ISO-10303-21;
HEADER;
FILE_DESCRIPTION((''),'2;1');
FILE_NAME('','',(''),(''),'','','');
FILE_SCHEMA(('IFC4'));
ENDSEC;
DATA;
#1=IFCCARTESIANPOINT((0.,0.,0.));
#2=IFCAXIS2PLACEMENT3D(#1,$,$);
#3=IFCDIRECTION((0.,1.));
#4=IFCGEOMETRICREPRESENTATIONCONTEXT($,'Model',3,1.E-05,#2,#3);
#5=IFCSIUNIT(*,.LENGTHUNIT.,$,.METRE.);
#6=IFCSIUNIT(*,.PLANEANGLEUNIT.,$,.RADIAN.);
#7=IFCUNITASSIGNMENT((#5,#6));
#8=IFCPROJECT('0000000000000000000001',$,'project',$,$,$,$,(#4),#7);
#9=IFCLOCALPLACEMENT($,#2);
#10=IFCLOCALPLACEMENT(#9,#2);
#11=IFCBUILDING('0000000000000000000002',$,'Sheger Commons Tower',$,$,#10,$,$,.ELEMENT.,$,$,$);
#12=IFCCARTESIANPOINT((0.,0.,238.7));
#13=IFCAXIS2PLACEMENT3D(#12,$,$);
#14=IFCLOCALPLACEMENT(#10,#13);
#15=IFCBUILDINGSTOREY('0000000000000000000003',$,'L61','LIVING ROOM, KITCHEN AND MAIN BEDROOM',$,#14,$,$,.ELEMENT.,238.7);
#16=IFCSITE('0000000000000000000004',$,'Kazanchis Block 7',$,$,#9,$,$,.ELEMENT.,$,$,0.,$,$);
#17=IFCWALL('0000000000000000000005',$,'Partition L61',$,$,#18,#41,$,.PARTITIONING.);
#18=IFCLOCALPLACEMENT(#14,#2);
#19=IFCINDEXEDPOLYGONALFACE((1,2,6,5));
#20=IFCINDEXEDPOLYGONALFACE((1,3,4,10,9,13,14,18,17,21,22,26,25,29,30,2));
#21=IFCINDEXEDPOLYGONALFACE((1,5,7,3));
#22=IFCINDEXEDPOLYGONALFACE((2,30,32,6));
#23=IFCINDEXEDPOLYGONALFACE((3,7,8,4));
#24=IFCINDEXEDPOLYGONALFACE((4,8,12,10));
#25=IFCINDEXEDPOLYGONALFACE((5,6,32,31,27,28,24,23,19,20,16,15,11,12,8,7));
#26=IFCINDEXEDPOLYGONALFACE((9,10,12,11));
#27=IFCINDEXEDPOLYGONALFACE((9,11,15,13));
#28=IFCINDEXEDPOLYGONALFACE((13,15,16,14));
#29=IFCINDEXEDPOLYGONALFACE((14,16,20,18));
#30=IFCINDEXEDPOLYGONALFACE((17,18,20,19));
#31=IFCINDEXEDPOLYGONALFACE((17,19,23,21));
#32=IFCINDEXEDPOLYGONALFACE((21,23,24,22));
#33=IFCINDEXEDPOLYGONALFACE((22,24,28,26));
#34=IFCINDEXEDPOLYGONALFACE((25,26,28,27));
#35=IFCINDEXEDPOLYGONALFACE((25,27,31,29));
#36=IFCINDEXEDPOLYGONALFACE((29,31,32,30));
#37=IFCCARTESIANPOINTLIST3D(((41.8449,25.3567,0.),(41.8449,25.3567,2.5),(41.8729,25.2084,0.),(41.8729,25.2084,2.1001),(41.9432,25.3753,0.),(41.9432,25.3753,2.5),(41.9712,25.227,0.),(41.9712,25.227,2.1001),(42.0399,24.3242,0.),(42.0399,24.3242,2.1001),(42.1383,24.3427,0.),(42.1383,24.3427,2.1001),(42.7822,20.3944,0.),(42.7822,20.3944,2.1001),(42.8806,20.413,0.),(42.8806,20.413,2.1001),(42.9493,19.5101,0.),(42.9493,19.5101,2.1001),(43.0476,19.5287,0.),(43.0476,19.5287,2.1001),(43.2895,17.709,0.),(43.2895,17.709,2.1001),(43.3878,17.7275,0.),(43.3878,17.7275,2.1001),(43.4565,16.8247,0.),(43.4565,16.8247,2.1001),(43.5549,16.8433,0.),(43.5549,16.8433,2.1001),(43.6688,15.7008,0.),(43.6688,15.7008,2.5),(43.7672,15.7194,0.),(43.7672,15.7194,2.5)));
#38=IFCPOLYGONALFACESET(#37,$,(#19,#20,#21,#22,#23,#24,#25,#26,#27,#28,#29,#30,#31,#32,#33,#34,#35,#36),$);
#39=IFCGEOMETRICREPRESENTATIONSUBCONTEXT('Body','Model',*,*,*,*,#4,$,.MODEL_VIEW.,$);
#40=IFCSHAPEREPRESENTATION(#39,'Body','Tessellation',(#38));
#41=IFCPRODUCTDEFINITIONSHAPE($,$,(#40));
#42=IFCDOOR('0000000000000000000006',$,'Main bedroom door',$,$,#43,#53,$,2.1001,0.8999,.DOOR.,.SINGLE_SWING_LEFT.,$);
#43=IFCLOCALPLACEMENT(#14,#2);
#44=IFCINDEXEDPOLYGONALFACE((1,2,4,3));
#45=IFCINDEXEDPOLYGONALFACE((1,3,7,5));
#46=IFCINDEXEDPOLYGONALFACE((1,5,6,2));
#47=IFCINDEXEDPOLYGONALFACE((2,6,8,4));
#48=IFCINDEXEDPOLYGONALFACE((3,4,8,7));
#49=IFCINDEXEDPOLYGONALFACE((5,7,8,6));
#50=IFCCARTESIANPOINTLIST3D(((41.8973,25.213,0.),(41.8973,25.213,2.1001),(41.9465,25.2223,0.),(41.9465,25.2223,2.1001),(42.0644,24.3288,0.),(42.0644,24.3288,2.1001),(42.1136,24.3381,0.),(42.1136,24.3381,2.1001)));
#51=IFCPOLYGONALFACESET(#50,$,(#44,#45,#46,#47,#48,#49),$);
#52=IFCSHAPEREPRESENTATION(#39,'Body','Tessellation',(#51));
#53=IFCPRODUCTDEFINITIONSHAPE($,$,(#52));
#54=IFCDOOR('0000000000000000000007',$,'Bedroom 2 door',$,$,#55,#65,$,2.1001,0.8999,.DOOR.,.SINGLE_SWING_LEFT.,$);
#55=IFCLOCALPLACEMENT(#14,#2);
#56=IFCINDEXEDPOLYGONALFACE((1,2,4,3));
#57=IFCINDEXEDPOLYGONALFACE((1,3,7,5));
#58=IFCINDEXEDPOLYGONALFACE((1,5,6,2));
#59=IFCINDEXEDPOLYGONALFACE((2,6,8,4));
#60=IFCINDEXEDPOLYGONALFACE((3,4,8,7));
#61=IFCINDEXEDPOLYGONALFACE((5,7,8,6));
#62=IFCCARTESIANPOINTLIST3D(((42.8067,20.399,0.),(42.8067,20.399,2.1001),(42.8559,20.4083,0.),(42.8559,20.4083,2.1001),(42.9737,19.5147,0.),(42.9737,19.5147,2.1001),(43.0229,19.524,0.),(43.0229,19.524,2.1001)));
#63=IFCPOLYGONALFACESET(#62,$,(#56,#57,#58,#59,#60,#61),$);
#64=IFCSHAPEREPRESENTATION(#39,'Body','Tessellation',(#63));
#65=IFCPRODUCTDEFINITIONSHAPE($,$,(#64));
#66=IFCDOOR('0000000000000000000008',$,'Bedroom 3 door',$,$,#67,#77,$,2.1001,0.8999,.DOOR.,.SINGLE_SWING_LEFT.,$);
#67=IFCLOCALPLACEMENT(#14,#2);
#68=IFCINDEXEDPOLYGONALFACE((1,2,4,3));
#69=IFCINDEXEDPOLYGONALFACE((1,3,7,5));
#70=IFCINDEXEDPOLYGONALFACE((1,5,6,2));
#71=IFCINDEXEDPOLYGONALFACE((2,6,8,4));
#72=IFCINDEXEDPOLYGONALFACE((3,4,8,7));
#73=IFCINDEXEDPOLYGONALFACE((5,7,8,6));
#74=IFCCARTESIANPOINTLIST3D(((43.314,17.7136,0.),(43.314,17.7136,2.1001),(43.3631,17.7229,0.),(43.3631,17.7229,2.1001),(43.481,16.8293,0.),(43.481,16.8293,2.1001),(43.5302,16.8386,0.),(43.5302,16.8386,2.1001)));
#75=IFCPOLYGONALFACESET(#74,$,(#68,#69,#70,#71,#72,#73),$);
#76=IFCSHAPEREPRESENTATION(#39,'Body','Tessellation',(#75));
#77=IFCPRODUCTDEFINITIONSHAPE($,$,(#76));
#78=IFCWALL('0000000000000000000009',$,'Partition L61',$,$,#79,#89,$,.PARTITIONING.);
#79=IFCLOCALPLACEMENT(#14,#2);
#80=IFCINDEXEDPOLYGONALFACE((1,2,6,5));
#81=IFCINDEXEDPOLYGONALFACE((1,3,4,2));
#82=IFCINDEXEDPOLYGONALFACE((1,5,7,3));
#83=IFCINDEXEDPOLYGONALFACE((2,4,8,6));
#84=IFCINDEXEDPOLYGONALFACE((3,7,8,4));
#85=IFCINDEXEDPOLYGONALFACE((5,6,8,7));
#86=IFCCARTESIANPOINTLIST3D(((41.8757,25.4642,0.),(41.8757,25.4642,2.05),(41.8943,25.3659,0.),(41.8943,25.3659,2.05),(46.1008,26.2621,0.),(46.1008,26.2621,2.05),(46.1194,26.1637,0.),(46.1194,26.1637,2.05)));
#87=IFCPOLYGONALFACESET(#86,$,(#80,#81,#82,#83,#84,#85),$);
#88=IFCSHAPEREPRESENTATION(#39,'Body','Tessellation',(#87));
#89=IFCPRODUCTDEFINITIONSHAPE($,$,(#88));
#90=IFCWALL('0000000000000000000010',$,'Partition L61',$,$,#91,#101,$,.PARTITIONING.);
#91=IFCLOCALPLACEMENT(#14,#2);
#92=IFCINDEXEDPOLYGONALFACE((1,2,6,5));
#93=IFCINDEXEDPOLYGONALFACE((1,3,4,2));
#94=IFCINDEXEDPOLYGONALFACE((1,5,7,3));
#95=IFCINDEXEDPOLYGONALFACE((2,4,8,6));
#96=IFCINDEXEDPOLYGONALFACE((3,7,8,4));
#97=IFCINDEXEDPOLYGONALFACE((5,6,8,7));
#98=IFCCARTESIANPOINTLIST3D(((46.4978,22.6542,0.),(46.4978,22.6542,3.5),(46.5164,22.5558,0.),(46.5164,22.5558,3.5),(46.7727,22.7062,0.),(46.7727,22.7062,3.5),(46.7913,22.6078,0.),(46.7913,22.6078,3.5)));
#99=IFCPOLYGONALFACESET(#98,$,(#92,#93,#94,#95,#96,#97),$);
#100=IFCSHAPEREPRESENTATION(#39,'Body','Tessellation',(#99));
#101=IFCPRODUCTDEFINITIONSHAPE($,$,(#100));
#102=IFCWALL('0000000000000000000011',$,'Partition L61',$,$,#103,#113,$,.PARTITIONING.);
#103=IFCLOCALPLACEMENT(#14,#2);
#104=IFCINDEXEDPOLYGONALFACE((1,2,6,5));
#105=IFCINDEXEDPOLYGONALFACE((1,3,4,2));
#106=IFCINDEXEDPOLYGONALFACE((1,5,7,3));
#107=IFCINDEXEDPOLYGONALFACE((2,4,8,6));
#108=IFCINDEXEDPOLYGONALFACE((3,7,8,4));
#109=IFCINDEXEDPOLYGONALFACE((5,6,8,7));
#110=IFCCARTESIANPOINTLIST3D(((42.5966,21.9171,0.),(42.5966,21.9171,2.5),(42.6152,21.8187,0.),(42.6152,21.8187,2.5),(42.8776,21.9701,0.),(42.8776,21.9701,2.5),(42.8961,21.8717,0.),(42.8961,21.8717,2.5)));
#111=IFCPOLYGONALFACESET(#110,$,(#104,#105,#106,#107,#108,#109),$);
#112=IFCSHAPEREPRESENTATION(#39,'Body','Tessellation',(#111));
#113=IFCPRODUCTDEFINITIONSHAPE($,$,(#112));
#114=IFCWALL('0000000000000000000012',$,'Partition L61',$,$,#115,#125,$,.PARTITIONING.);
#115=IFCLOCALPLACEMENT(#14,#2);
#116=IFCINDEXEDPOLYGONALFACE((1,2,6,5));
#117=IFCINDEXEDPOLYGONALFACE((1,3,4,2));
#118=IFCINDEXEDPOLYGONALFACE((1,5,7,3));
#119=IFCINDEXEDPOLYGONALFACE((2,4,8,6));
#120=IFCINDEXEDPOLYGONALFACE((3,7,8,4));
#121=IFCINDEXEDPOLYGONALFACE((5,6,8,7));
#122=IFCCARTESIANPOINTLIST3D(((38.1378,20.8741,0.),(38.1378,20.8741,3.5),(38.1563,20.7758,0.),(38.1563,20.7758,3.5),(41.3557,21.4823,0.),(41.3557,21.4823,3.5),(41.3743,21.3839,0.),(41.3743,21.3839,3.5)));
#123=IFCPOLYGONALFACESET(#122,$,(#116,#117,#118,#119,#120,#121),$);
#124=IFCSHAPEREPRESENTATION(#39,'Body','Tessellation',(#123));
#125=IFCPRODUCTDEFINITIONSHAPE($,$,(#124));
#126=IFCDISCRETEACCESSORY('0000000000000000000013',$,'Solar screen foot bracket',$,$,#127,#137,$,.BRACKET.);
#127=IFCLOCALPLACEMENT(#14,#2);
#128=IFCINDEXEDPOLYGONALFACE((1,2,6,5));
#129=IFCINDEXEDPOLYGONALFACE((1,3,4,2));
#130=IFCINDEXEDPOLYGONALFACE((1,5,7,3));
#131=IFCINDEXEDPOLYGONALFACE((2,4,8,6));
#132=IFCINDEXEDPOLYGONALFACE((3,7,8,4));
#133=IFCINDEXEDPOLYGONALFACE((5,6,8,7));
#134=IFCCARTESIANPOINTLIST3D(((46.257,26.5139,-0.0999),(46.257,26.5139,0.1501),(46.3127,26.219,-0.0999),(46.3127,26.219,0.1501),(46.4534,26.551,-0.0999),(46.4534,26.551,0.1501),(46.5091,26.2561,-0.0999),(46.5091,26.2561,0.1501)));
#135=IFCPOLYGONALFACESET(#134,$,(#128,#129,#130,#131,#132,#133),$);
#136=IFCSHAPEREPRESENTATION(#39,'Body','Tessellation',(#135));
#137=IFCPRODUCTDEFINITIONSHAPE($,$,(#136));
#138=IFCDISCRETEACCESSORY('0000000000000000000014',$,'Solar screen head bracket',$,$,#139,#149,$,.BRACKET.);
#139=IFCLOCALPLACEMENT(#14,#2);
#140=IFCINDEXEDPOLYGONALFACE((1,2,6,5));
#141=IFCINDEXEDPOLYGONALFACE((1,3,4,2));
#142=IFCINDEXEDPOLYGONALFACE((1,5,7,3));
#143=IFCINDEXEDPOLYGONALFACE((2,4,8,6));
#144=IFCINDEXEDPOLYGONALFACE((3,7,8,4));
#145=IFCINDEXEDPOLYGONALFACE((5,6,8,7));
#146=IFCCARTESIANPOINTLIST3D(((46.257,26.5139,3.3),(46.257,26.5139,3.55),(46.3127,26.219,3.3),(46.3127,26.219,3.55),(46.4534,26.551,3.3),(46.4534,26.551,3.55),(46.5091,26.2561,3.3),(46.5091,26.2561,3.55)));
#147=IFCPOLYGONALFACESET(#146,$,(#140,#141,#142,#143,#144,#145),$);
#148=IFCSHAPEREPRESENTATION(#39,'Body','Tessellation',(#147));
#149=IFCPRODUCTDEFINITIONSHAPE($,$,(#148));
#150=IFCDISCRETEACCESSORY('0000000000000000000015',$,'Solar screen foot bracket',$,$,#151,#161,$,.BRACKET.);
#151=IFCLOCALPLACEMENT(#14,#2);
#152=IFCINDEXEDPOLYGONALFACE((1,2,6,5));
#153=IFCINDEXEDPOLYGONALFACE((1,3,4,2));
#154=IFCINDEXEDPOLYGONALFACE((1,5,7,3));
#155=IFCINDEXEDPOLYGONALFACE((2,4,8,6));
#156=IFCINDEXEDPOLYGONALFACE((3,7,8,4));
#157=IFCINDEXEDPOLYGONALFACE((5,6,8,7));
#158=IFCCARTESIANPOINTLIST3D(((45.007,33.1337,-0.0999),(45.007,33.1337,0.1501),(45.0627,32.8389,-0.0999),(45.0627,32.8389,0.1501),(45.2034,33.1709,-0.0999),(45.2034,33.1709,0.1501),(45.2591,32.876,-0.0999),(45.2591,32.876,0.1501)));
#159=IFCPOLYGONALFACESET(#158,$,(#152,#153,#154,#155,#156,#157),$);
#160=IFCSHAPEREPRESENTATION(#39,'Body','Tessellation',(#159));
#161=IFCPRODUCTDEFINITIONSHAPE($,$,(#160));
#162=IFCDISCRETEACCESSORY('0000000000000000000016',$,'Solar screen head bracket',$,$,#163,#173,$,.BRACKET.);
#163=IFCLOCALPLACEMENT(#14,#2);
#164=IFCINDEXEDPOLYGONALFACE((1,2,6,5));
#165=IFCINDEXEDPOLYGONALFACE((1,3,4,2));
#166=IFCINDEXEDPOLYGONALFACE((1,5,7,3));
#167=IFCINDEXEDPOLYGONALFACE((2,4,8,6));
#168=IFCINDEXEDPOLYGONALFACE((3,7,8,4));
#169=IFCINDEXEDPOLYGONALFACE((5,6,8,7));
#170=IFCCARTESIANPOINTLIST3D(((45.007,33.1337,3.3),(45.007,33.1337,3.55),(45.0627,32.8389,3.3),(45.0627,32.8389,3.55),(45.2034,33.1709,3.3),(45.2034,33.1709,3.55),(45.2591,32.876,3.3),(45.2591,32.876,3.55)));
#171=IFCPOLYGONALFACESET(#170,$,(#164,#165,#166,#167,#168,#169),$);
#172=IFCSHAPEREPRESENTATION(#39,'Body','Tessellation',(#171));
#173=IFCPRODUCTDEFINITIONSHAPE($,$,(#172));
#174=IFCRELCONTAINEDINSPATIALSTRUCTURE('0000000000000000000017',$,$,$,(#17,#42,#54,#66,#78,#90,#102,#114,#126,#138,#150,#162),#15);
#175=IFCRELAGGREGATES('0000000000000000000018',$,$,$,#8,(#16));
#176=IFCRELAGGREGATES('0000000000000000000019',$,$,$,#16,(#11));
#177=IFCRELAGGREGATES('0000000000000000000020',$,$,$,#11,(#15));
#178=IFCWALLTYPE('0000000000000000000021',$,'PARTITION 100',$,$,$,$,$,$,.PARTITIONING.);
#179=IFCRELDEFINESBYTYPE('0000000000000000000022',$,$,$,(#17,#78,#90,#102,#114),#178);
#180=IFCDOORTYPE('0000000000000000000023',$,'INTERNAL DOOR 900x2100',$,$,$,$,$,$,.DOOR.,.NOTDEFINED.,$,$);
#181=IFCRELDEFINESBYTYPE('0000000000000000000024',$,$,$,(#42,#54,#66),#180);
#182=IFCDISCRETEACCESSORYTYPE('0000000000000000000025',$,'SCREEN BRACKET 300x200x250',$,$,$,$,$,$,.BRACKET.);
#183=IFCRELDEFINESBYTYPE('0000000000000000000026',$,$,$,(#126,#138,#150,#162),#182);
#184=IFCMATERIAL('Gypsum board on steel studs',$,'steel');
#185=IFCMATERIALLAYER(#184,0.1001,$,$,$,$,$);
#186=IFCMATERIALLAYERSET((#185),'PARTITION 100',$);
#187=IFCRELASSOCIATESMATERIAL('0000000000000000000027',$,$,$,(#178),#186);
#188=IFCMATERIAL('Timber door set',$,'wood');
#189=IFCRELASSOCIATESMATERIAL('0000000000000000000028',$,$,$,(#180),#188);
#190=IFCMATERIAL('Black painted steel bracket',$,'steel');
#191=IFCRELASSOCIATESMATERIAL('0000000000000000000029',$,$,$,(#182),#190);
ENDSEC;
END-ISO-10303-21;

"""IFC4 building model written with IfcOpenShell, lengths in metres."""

from ifc_helpers import new_model, si_unit, direction, frame, frame_2d, origin, origin_2d, place, context, subcontext, project, spatial, rectangle, extrude, material, layer, layer_set, type_object, element, fill, save


model = new_model("IFC4")

# Units and contexts
model_context = context("Model", 3, precision=1e-05, world=origin(), true_north=direction((0.0, 1.0)))
body_context = subcontext(model_context, "Body", "Model", "MODEL_VIEW")
ifc_project = project(units=[si_unit("LENGTHUNIT", "METRE"), si_unit("PLANEANGLEUNIT", "RADIAN")], contexts=[model_context])

# Site, building, storey
site_placement = place(None, origin())
site = spatial("IfcSite", under=ifc_project, at=site_placement, Name="Kazanchis Block 7", CompositionType="ELEMENT", RefElevation=0.0)
building_placement = place(site_placement, origin())
building = spatial("IfcBuilding", under=site, at=building_placement, Name="Sheger Commons Tower", CompositionType="ELEMENT")
storey_placement = place(building_placement, frame((0.0, 0.0, 238.7)))
storey = spatial("IfcBuildingStorey", under=building, at=storey_placement, Name="L61", Description="LIVING ROOM, KITCHEN AND MAIN BEDROOM", CompositionType="ELEMENT", Elevation=238.7)

# Shared definitions
ifc_material_1 = material(Name="Gypsum board on steel studs", Category="steel")
ifc_layer_1 = layer(ifc_material_1, 0.1001)
ifc_layer_set_1 = layer_set([ifc_layer_1], Name="PARTITION 100")
wall_type_1 = type_object("IfcWallType", Name="PARTITION 100", PredefinedType="PARTITIONING", material=ifc_layer_set_1)

# Wall, openings, doors
wall_1_placement = place(storey_placement, frame((41.894, 25.366, 0.0), z_axis=(0.0, 0.0, 1.0), x_axis=(0.185613, -0.982623, 0.0)))
wall_1 = element("IfcWall", 1, at=wall_1_placement, inside=storey, type_object=wall_type_1, Name="Partition L61", PredefinedType="PARTITIONING", context=body_context, shape_type="SweptSolid", body=[
    extrude(rectangle(XDim=9.8267, YDim=0.1001, at=frame_2d((4.9133, 0.0))), origin(), (0.0, 0.0, 1.0), 2.5),
])
opening_1_placement = place(wall_1_placement, frame((0.1509, 0.0, 0.0)))
opening_1 = element("IfcOpeningElement", 2, at=opening_1_placement, cuts=wall_1, PredefinedType="OPENING", context=body_context, shape_type="SweptSolid", body=[
    extrude(rectangle(XDim=0.8999, YDim=2.1001, at=frame_2d((0.45, 1.05))), frame((0.0, 0.0601, 0.0), z_axis=(0.0, -1.0, 0.0), x_axis=(1.0, 0.0, 0.0)), (0.0, 0.0, 1.0), 0.1201),
])
opening_2_placement = place(wall_1_placement, frame((5.05, 0.0, 0.0)))
opening_2 = element("IfcOpeningElement", 3, at=opening_2_placement, cuts=wall_1, PredefinedType="OPENING", context=body_context, shape_type="SweptSolid", body=[
    extrude(rectangle(XDim=0.8999, YDim=2.1001, at=frame_2d((0.45, 1.05))), frame((0.0, 0.0601, 0.0), z_axis=(0.0, -1.0, 0.0), x_axis=(1.0, 0.0, 0.0)), (0.0, 0.0, 1.0), 0.1201),
])
opening_3_placement = place(wall_1_placement, frame((7.783, 0.0, 0.0)))
opening_3 = element("IfcOpeningElement", 4, at=opening_3_placement, cuts=wall_1, PredefinedType="OPENING", context=body_context, shape_type="SweptSolid", body=[
    extrude(rectangle(XDim=0.8999, YDim=2.1001, at=frame_2d((0.45, 1.05))), frame((0.0, 0.0601, 0.0), z_axis=(0.0, -1.0, 0.0), x_axis=(1.0, 0.0, 0.0)), (0.0, 0.0, 1.0), 0.1201),
])
ifc_material_2 = material(Name="Timber door set", Category="wood")
door_type = type_object("IfcDoorType", Name="INTERNAL DOOR 900x2100", OperationType="NOTDEFINED", PredefinedType="DOOR", material=ifc_material_2)
door_1_placement = place(opening_1_placement, origin())
door_1 = element("IfcDoor", 5, at=door_1_placement, inside=storey, type_object=door_type, Name="Main bedroom door", OperationType="SINGLE_SWING_LEFT", OverallHeight=2.1001, OverallWidth=0.8999, PredefinedType="DOOR", context=body_context, shape_type="SweptSolid", body=[
    extrude(rectangle(XDim=0.8999, YDim=2.1001, at=frame_2d((0.45, 1.05))), frame((0.0, 0.0249, 0.0), z_axis=(0.0, -1.0, 0.0), x_axis=(1.0, 0.0, 0.0)), (0.0, 0.0, 1.0), 0.05),
])
fill(opening_1, door_1)
door_2_placement = place(opening_2_placement, origin())
door_2 = element("IfcDoor", 6, at=door_2_placement, inside=storey, type_object=door_type, Name="Bedroom 2 door", OperationType="SINGLE_SWING_LEFT", OverallHeight=2.1001, OverallWidth=0.8999, PredefinedType="DOOR", context=body_context, shape_type="SweptSolid", body=[
    extrude(rectangle(XDim=0.8999, YDim=2.1001, at=frame_2d((0.45, 1.05))), frame((0.0, 0.0249, 0.0), z_axis=(0.0, -1.0, 0.0), x_axis=(1.0, 0.0, 0.0)), (0.0, 0.0, 1.0), 0.05),
])
fill(opening_2, door_2)
door_3_placement = place(opening_3_placement, origin())
door_3 = element("IfcDoor", 7, at=door_3_placement, inside=storey, type_object=door_type, Name="Bedroom 3 door", OperationType="SINGLE_SWING_LEFT", OverallHeight=2.1001, OverallWidth=0.8999, PredefinedType="DOOR", context=body_context, shape_type="SweptSolid", body=[
    extrude(rectangle(XDim=0.8999, YDim=2.1001, at=frame_2d((0.45, 1.05))), frame((0.0, 0.0249, 0.0), z_axis=(0.0, -1.0, 0.0), x_axis=(1.0, 0.0, 0.0)), (0.0, 0.0, 1.0), 0.05),
])
fill(opening_3, door_3)

# Walls
wall_2_placement = place(storey_placement, frame((46.1101, 26.2129, 0.0), z_axis=(0.0, 0.0, 1.0), x_axis=(-0.982634, -0.185557, 0.0)))
element("IfcWall", 8, at=wall_2_placement, inside=storey, type_object=wall_type_1, Name="Partition L61", PredefinedType="PARTITIONING", context=body_context, shape_type="SweptSolid", body=[
    extrude(rectangle(XDim=4.2998, YDim=0.1001, at=frame_2d((2.1499, 0.0))), origin(), (0.0, 0.0, 1.0), 2.05),
])
wall_3_placement = place(storey_placement, frame((46.782, 22.657, 0.0), z_axis=(0.0, 0.0, 1.0), x_axis=(-0.982575, -0.185869, 0.0)))
element("IfcWall", 9, at=wall_3_placement, inside=storey, type_object=wall_type_1, Name="Partition L61", PredefinedType="PARTITIONING", context=body_context, shape_type="SweptSolid", body=[
    extrude(rectangle(XDim=0.2798, YDim=0.1001, at=frame_2d((0.1399, 0.0))), origin(), (0.0, 0.0, 1.0), 3.5),
])
wall_4_placement = place(storey_placement, frame((42.887, 21.9209, 0.0), z_axis=(0.0, 0.0, 1.0), x_axis=(-0.982688, -0.185268, 0.0)))
element("IfcWall", 10, at=wall_4_placement, inside=storey, type_object=wall_type_1, Name="Partition L61", PredefinedType="PARTITIONING", context=body_context, shape_type="SweptSolid", body=[
    extrude(rectangle(XDim=0.2859, YDim=0.1001, at=frame_2d((0.1431, 0.0))), origin(), (0.0, 0.0, 1.0), 2.5),
])
wall_5_placement = place(storey_placement, frame((41.365, 21.4331, 0.0), z_axis=(0.0, 0.0, 1.0), x_axis=(-0.982607, -0.185697, 0.0)))
element("IfcWall", 11, at=wall_5_placement, inside=storey, type_object=wall_type_1, Name="Partition L61", PredefinedType="PARTITIONING", context=body_context, shape_type="SweptSolid", body=[
    extrude(rectangle(XDim=3.2749, YDim=0.1001, at=frame_2d((1.6375, 0.0))), origin(), (0.0, 0.0, 1.0), 3.5),
])

# Discrete accessories
ifc_material_3 = material(Name="Black painted steel bracket", Category="steel")
discrete_accessory_type = type_object("IfcDiscreteAccessoryType", Name="SCREEN BRACKET 300x200x250", PredefinedType="BRACKET", material=ifc_material_3)
for number, where, z_axis, x_axis, name in (
    (12, (46.3831, 26.385, -0.0999), (0.0, 0.0, 1.0), (-0.185615, 0.982623, 0.0), "Solar screen foot bracket"),
    (13, (46.3831, 26.385, 3.3), (0.0, 0.0, 1.0), (-0.185615, 0.982623, 0.0), "Solar screen head bracket"),
    (14, (45.1331, 33.0049, -0.0999), (0.0, 0.0, 1.0), (-0.185615, 0.982623, 0.0), "Solar screen foot bracket"),
    (15, (45.1331, 33.0049, 3.3), (0.0, 0.0, 1.0), (-0.185615, 0.982623, 0.0), "Solar screen head bracket"),
):
    element("IfcDiscreteAccessory", number, at=place(storey_placement, frame(where, z_axis=z_axis, x_axis=x_axis)), inside=storey, type_object=discrete_accessory_type, Name=name, PredefinedType="BRACKET", context=body_context, shape_type="SweptSolid", body=[
        extrude(rectangle(XDim=0.3, YDim=0.2, at=origin_2d()), origin(), (0.0, 0.0, 1.0), 0.25),
    ])

save(model, "model.ifc")
